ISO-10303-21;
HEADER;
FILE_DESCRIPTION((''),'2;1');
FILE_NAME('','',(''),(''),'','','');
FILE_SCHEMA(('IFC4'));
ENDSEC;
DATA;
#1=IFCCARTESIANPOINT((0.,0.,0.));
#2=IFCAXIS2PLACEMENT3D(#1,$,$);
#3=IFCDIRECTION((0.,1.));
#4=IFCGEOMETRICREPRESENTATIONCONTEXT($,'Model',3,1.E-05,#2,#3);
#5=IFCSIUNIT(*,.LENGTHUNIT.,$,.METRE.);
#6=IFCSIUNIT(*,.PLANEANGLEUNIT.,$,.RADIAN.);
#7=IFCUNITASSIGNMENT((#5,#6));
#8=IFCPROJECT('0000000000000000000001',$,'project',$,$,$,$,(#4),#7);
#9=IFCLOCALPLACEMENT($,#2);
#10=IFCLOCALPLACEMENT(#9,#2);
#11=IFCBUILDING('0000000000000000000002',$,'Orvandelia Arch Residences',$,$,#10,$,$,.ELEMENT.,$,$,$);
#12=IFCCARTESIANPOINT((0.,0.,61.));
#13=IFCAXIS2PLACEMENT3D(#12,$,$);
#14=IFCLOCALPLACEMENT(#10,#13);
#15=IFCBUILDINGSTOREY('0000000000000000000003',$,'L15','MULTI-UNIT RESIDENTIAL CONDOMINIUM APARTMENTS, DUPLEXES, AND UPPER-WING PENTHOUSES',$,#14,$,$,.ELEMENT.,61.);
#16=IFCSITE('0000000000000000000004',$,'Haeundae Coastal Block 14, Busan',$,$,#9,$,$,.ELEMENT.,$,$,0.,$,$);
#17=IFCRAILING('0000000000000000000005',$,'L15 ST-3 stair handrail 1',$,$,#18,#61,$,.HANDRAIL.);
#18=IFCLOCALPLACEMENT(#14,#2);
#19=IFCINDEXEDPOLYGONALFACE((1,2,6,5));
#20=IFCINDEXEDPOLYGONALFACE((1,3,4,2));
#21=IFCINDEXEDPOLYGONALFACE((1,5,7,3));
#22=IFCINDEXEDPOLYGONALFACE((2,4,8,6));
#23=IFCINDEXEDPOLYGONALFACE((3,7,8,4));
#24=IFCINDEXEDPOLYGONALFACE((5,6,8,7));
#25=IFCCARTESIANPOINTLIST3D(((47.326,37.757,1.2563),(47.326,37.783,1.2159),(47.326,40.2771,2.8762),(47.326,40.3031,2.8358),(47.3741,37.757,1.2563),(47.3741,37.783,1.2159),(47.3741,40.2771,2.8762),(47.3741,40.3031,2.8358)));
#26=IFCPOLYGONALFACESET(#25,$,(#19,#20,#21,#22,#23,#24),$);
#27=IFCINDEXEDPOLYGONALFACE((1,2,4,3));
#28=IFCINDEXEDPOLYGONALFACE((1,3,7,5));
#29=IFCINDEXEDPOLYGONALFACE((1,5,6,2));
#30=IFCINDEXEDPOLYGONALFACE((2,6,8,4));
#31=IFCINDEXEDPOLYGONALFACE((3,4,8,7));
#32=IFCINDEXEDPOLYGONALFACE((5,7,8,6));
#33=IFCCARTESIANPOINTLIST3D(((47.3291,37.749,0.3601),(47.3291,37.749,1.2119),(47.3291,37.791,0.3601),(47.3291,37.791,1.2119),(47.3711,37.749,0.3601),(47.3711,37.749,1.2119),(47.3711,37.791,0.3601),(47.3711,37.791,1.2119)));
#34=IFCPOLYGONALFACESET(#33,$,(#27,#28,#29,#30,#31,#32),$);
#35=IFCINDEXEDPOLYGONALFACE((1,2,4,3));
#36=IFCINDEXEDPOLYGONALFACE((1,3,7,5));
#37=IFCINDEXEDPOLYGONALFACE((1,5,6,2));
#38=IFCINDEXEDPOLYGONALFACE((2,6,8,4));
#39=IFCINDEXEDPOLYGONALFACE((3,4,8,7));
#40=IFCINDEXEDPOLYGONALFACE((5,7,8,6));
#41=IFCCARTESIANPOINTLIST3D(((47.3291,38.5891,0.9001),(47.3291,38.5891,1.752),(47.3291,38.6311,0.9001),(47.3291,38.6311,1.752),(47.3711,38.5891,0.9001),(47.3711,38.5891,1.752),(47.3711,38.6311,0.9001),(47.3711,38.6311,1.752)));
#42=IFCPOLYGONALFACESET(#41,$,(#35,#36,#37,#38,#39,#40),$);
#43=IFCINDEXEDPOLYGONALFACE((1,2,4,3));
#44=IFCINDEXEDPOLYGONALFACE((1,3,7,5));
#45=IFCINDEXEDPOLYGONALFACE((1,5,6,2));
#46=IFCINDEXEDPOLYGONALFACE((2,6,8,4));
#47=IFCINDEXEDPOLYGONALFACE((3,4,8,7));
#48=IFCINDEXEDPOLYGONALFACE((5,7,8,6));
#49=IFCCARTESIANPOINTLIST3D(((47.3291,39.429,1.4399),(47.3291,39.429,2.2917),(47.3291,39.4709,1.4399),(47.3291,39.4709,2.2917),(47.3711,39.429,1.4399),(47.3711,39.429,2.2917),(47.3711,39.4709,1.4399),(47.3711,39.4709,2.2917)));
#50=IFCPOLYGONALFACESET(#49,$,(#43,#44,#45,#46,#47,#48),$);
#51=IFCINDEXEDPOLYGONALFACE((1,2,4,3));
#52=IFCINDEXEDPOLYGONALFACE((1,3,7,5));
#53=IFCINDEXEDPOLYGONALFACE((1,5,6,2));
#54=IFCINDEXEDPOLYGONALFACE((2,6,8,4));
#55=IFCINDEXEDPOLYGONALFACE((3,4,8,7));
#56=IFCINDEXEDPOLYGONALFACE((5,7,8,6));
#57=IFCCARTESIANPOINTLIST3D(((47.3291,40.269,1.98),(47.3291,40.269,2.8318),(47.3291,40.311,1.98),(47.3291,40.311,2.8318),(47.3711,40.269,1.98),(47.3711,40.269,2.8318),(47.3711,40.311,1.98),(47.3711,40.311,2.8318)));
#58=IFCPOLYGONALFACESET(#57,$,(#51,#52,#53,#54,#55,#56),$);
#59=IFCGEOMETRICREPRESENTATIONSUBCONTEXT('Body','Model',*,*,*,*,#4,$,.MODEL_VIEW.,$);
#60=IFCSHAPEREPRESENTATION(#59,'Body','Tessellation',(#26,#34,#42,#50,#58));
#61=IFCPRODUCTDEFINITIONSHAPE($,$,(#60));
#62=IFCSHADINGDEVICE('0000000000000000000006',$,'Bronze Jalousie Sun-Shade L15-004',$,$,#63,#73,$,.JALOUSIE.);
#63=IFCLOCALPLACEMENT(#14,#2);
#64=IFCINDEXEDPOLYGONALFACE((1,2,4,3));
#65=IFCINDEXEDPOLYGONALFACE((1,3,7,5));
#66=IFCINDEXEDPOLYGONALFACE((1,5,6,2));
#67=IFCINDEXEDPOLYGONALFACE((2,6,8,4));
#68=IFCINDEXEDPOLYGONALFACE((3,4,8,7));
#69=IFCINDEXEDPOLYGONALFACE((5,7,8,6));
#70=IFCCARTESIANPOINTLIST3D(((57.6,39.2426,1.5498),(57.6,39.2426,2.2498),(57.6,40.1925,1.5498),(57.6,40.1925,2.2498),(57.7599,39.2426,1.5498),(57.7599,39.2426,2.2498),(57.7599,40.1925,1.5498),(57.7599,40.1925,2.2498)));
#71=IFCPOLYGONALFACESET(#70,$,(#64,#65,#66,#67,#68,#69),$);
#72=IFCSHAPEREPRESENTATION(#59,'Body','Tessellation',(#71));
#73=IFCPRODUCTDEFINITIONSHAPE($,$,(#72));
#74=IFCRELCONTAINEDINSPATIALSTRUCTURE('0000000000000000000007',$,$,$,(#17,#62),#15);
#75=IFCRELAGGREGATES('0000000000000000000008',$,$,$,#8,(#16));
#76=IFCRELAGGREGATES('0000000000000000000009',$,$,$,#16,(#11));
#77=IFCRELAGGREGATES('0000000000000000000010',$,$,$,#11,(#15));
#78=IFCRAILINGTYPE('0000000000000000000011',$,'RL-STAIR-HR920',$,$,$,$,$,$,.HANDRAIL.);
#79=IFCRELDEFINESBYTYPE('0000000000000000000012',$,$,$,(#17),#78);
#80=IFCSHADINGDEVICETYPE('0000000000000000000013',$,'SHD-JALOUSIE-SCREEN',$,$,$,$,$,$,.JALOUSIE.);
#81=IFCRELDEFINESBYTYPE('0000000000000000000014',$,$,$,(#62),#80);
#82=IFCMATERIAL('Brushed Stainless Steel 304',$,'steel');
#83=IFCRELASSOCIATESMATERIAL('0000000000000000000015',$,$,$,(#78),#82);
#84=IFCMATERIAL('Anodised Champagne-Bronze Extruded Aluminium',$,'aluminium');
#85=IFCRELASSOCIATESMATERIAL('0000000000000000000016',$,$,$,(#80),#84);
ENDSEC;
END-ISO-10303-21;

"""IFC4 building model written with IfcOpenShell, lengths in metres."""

from ifc_helpers import new_model, si_unit, direction, frame, origin, origin_2d, place, context, subcontext, project, spatial, rectangle, extrude, material, type_object, element, save


model = new_model("IFC4")

# Units and contexts
model_context = context("Model", 3, precision=1e-05, world=origin(), true_north=direction((0.0, 1.0)))
body_context = subcontext(model_context, "Body", "Model", "MODEL_VIEW")
ifc_project = project(units=[si_unit("LENGTHUNIT", "METRE"), si_unit("PLANEANGLEUNIT", "RADIAN")], contexts=[model_context])

# Site, building, storey
site_placement = place(None, origin())
site = spatial("IfcSite", under=ifc_project, at=site_placement, Name="Haeundae Coastal Block 14, Busan", CompositionType="ELEMENT", RefElevation=0.0)
building_placement = place(site_placement, origin())
building = spatial("IfcBuilding", under=site, at=building_placement, Name="Orvandelia Arch Residences", CompositionType="ELEMENT")
storey_placement = place(building_placement, frame((0.0, 0.0, 61.0)))
storey = spatial("IfcBuildingStorey", under=building, at=storey_placement, Name="L15", Description="MULTI-UNIT RESIDENTIAL CONDOMINIUM APARTMENTS, DUPLEXES, AND UPPER-WING PENTHOUSES", CompositionType="ELEMENT", Elevation=61.0)

# Railing
ifc_material_1 = material(Name="Brushed Stainless Steel 304", Category="steel")
railing_type_1 = type_object("IfcRailingType", Name="RL-STAIR-HR920", PredefinedType="HANDRAIL", material=ifc_material_1)
railing_1_placement = place(storey_placement, frame((47.3501, 37.77, 0.3601)))
element("IfcRailing", 1, at=railing_1_placement, inside=storey, type_object=railing_type_1, Name="L15 ST-3 stair handrail 1", PredefinedType="HANDRAIL", context=body_context, shape_type="SweptSolid", body=[
    extrude(rectangle(XDim=0.0481, YDim=0.0481, at=origin_2d()), frame((0.0, 0.0, 0.876), z_axis=(0.0, 0.8412, 0.540725), x_axis=(-1.0, 0.0, 0.0)), (0.0, 0.0, 1.0), 2.9958),
    extrude(rectangle(XDim=0.042, YDim=0.042, at=origin_2d()), origin(), (0.0, 0.0, 1.0), 0.8518),
    extrude(rectangle(XDim=0.042, YDim=0.042, at=origin_2d()), frame((0.0, 0.8401, 0.54)), (0.0, 0.0, 1.0), 0.8518),
    extrude(rectangle(XDim=0.042, YDim=0.042, at=origin_2d()), frame((0.0, 1.6799, 1.0798)), (0.0, 0.0, 1.0), 0.8518),
    extrude(rectangle(XDim=0.042, YDim=0.042, at=origin_2d()), frame((0.0, 2.52, 1.6199)), (0.0, 0.0, 1.0), 0.8518),
])

# Shading device
ifc_material_2 = material(Name="Anodised Champagne-Bronze Extruded Aluminium", Category="aluminium")
shading_device_type = type_object("IfcShadingDeviceType", Name="SHD-JALOUSIE-SCREEN", PredefinedType="JALOUSIE", material=ifc_material_2)
shading_device_placement = place(storey_placement, frame((57.6799, 39.7175, 1.5498), z_axis=(0.0, 0.0, 1.0), x_axis=(0.0, -1.0, 0.0)))
element("IfcShadingDevice", 2, at=shading_device_placement, inside=storey, type_object=shading_device_type, Name="Bronze Jalousie Sun-Shade L15-004", PredefinedType="JALOUSIE", context=body_context, shape_type="SweptSolid", body=[
    extrude(rectangle(XDim=0.95, YDim=0.1599, at=origin_2d()), origin(), (0.0, 0.0, 1.0), 0.7),
])

save(model, "model.ifc")
